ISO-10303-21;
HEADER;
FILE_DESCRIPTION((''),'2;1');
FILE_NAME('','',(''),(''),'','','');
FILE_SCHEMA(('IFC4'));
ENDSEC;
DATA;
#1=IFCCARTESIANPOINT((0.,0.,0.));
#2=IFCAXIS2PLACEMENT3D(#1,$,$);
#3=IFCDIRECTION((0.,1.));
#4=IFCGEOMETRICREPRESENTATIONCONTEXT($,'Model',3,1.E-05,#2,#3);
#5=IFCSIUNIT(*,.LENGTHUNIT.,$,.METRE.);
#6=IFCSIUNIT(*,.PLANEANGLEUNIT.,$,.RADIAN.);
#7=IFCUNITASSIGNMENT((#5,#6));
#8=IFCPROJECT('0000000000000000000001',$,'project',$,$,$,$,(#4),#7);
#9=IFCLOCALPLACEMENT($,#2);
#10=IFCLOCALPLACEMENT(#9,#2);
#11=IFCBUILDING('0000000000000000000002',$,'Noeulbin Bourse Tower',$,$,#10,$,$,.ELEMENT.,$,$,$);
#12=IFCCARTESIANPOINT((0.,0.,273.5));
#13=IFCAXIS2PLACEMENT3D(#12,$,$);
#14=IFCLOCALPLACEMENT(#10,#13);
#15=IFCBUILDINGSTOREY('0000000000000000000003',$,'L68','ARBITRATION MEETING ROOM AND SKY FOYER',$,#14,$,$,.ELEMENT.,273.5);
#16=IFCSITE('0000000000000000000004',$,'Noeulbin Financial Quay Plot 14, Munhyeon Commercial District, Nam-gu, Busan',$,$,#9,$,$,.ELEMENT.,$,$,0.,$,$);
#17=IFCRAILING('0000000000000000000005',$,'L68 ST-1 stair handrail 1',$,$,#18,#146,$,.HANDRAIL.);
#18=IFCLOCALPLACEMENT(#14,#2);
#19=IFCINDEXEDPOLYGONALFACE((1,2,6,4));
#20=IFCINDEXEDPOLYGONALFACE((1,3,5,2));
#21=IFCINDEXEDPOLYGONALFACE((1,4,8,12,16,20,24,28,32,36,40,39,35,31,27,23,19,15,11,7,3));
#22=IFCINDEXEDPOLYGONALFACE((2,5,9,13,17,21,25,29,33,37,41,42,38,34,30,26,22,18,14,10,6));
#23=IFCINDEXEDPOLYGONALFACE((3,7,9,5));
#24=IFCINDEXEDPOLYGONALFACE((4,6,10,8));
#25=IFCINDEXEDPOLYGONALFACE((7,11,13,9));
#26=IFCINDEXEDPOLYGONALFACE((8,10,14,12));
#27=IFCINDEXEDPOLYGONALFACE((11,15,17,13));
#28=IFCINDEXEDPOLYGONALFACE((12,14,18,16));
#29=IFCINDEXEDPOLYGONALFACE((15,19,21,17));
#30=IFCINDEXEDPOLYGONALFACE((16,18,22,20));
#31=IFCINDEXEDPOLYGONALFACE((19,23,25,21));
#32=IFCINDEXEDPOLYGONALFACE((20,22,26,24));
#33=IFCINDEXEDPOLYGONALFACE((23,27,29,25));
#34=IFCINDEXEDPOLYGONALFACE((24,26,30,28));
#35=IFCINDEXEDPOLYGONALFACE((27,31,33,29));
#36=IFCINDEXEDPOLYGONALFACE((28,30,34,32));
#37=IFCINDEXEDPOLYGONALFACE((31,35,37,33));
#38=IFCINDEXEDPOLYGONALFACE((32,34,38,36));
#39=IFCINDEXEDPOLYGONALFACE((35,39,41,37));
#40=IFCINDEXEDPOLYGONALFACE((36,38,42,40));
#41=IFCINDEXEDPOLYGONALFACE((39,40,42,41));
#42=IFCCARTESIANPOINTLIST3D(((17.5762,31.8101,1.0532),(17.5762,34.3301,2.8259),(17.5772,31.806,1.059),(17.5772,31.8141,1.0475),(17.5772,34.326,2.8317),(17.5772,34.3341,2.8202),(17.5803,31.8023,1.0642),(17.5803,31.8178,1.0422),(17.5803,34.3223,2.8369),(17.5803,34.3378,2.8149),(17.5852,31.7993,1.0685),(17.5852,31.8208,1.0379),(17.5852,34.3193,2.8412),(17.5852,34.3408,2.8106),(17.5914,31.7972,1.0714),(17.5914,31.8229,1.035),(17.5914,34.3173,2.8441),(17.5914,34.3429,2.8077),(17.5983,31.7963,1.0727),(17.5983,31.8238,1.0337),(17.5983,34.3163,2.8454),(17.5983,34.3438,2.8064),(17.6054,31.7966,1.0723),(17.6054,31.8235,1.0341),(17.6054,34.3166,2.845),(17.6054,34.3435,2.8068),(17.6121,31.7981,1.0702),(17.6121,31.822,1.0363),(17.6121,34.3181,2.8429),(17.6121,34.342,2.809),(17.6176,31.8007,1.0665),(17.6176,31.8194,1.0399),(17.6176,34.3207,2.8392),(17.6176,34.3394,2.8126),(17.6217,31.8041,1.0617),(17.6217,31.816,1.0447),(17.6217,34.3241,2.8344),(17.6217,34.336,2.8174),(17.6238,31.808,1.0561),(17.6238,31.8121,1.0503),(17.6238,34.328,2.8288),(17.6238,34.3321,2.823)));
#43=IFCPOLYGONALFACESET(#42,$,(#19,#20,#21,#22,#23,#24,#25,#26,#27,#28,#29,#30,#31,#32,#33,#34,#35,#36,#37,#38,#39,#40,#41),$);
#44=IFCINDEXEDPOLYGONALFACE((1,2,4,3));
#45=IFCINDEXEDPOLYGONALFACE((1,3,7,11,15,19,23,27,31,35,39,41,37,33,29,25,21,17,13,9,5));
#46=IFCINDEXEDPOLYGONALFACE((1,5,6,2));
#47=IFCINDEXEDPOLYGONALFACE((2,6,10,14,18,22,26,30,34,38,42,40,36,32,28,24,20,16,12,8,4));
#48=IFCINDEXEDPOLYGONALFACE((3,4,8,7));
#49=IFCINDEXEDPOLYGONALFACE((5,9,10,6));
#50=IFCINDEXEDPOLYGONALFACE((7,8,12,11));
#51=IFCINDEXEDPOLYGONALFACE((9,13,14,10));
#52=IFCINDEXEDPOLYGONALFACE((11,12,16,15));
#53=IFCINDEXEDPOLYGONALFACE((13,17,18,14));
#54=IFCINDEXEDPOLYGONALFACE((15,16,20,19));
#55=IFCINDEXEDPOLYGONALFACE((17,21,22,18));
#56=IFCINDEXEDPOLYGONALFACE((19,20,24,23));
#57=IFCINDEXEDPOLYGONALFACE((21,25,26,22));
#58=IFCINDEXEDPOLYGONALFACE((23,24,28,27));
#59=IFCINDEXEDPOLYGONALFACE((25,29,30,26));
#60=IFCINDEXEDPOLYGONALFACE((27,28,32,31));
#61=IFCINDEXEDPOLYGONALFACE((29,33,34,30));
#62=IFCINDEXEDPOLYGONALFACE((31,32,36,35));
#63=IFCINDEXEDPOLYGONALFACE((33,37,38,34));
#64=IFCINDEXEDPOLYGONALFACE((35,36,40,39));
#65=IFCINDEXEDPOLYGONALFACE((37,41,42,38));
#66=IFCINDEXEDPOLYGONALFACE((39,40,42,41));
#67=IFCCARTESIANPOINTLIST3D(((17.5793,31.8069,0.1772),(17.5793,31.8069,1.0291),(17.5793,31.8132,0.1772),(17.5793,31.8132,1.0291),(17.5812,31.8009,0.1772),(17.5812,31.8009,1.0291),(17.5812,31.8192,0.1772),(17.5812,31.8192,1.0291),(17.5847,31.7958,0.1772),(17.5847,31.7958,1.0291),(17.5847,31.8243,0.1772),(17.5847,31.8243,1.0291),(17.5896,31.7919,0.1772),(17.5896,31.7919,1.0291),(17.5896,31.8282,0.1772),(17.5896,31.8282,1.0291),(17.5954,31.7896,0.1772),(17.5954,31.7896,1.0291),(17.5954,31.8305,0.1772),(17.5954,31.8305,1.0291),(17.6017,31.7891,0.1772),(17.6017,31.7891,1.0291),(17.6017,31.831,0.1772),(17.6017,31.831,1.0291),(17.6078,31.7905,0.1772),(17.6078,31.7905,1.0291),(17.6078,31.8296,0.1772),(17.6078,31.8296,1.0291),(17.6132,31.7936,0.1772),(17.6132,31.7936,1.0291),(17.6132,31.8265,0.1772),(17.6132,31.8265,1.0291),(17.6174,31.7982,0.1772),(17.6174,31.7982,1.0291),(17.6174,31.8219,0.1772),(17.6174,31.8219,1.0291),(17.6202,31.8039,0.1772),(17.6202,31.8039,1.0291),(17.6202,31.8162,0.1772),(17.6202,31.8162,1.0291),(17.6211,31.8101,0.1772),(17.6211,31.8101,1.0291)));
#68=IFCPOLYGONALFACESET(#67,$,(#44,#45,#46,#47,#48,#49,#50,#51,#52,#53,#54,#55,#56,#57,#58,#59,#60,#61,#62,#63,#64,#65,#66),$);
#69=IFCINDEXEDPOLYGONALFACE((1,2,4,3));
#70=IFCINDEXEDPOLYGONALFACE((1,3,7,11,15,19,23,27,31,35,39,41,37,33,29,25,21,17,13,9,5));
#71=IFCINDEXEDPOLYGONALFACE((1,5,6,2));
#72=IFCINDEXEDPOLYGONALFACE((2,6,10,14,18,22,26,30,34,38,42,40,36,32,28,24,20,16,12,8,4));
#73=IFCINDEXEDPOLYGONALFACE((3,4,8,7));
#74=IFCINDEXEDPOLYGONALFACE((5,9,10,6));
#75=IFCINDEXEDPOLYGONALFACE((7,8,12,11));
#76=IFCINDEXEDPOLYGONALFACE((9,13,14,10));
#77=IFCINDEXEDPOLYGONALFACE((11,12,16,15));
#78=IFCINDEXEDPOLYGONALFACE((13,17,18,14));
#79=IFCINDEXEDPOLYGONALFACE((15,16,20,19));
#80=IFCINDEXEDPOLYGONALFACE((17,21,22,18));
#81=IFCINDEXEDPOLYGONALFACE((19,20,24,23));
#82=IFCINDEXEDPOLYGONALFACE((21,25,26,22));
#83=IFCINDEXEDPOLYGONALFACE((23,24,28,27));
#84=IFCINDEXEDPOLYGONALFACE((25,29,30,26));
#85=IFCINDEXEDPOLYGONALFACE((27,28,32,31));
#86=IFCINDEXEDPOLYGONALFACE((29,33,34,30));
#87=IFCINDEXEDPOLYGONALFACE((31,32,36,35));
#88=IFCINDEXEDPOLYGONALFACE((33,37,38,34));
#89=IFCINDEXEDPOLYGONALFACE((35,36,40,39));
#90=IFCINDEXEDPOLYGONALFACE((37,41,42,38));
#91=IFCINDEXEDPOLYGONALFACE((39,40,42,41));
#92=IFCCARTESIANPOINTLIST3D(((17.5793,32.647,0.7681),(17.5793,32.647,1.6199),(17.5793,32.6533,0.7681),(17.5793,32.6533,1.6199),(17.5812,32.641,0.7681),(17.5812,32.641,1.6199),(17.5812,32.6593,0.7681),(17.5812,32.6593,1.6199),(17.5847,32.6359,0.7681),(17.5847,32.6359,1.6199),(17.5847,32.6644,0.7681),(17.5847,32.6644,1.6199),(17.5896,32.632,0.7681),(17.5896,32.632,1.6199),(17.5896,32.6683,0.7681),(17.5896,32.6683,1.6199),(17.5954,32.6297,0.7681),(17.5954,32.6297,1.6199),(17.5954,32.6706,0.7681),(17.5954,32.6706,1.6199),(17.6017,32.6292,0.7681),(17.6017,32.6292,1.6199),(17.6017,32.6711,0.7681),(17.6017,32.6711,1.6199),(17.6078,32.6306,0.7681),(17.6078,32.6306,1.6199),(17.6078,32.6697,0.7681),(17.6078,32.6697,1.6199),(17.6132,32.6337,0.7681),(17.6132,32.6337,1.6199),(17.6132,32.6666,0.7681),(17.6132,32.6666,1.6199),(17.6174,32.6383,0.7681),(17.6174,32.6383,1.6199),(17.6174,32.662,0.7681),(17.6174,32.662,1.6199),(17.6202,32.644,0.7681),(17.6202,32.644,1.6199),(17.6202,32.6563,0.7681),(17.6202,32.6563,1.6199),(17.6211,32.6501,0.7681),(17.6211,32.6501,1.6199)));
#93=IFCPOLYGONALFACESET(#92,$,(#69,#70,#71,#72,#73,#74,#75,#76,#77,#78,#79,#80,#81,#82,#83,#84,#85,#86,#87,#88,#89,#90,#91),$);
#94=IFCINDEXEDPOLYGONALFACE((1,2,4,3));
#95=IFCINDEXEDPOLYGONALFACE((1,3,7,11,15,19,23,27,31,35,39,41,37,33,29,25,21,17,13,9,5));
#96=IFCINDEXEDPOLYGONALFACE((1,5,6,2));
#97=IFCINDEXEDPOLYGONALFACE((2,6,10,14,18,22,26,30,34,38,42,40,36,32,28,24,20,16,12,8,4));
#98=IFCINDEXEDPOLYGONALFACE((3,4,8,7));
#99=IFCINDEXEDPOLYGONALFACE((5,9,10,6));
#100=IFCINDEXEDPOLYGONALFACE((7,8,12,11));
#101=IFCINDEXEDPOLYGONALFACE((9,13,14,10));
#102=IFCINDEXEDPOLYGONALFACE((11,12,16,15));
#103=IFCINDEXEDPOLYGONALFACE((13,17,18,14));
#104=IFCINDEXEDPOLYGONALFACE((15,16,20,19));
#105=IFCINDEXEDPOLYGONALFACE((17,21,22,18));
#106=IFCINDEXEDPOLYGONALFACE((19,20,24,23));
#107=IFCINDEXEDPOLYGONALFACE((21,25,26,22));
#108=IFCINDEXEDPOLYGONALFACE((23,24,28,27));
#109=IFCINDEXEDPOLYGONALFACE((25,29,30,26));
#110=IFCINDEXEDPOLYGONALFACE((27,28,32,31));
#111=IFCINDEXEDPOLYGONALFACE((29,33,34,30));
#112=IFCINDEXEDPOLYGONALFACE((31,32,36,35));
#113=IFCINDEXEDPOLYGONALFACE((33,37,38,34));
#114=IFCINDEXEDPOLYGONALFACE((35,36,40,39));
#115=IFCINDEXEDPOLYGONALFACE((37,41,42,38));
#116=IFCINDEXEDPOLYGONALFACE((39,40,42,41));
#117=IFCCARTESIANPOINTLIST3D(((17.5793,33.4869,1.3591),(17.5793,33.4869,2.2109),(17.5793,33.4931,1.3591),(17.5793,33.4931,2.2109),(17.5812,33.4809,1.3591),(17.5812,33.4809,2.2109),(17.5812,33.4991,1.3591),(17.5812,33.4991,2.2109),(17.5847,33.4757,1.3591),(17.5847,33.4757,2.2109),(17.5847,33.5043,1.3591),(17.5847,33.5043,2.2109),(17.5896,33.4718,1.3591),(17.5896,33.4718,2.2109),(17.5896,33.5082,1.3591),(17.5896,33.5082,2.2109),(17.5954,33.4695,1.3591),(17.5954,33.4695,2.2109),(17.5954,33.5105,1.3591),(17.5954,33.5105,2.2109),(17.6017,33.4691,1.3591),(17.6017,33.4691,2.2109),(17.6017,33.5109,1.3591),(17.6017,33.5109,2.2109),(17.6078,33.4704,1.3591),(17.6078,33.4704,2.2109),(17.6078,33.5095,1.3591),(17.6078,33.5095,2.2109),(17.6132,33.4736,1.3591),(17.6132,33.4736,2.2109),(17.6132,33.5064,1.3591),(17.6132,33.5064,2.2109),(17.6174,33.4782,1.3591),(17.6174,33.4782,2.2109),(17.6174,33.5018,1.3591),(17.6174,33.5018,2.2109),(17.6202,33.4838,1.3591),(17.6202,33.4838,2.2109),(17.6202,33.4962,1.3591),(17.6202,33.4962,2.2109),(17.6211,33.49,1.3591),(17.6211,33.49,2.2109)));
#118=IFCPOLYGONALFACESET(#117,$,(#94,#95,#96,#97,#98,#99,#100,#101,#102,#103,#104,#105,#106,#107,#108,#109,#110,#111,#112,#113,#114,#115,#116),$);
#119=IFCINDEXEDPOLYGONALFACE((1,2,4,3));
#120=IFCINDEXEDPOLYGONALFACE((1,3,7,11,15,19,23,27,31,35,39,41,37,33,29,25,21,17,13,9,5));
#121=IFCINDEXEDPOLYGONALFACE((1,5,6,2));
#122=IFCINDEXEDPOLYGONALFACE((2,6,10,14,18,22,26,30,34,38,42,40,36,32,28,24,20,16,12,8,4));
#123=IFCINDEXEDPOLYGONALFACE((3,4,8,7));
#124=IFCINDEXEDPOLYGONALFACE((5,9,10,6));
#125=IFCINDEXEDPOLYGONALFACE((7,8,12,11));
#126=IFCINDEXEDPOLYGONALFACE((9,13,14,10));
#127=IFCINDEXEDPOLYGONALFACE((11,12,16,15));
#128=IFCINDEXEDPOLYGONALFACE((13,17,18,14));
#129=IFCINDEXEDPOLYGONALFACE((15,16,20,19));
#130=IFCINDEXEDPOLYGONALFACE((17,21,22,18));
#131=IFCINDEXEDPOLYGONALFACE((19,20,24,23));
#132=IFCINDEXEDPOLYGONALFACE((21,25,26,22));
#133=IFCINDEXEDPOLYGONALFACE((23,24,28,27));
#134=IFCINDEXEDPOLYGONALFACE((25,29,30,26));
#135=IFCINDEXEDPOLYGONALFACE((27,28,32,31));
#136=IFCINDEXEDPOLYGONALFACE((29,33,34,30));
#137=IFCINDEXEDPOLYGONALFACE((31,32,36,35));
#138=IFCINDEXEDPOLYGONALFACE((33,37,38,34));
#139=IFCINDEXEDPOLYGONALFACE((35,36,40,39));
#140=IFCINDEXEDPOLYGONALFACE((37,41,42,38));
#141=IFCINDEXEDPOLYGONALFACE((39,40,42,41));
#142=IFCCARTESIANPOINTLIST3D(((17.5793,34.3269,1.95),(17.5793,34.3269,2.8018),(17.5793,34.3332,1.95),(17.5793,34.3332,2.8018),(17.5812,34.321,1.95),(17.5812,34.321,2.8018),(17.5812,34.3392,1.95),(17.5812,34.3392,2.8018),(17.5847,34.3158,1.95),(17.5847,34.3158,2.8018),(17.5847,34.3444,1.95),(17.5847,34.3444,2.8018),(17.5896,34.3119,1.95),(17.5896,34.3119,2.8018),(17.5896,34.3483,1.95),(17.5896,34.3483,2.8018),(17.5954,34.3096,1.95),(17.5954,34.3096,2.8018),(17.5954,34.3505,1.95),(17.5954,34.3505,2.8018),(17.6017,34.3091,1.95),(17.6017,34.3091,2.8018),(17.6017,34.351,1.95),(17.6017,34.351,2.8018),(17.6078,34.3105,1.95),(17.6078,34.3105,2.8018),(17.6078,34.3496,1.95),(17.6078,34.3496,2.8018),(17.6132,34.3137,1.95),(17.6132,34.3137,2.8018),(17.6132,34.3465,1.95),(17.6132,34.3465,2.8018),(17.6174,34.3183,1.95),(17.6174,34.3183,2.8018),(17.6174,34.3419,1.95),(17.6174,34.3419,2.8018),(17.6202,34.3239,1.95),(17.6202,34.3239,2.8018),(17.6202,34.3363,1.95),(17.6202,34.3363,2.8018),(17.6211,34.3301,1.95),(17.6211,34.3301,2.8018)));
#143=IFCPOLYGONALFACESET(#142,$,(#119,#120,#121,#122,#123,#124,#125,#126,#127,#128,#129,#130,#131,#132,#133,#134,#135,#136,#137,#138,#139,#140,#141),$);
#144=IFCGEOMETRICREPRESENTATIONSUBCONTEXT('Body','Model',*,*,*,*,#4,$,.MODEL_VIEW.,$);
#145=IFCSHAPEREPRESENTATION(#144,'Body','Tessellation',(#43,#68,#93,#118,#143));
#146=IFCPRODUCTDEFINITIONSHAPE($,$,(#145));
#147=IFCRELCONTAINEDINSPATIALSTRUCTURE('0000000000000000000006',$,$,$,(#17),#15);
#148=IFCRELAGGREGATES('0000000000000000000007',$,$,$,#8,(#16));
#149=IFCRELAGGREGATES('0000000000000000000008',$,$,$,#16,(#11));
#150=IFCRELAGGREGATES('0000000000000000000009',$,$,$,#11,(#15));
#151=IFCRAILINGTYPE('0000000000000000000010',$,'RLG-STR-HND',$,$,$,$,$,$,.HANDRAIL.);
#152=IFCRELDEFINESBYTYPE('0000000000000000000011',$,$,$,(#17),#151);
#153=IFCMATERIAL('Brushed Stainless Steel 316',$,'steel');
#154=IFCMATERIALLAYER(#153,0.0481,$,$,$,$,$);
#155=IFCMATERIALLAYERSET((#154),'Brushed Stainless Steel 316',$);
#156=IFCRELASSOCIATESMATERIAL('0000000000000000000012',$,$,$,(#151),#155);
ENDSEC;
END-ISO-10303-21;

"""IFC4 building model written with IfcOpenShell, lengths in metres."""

from ifc_helpers import new_model, si_unit, direction, frame, origin, origin_2d, place, context, subcontext, project, spatial, circle, extrude, material, layer, layer_set, type_object, element, save


model = new_model("IFC4")

# Units and contexts
model_context = context("Model", 3, precision=1e-05, world=origin(), true_north=direction((0.0, 1.0)))
body_context = subcontext(model_context, "Body", "Model", "MODEL_VIEW")
ifc_project = project(units=[si_unit("LENGTHUNIT", "METRE"), si_unit("PLANEANGLEUNIT", "RADIAN")], contexts=[model_context])

# Site, building, storey
site_placement = place(None, origin())
site = spatial("IfcSite", under=ifc_project, at=site_placement, Name="Noeulbin Financial Quay Plot 14, Munhyeon Commercial District, Nam-gu, Busan", CompositionType="ELEMENT", RefElevation=0.0)
building_placement = place(site_placement, origin())
building = spatial("IfcBuilding", under=site, at=building_placement, Name="Noeulbin Bourse Tower", CompositionType="ELEMENT")
storey_placement = place(building_placement, frame((0.0, 0.0, 273.5)))
storey = spatial("IfcBuildingStorey", under=building, at=storey_placement, Name="L68", Description="ARBITRATION MEETING ROOM AND SKY FOYER", CompositionType="ELEMENT", Elevation=273.5)

# Shared definitions
ifc_material_1 = material(Name="Brushed Stainless Steel 316", Category="steel")

# Railing
ifc_layer_1 = layer(ifc_material_1, 0.0481)
ifc_layer_set_1 = layer_set([ifc_layer_1], Name="Brushed Stainless Steel 316")
railing_type_1 = type_object("IfcRailingType", Name="RLG-STR-HND", PredefinedType="HANDRAIL", material=ifc_layer_set_1)
railing_1_placement = place(storey_placement, frame((17.6001, 31.8101, 0.1772)))
element("IfcRailing", 1, at=railing_1_placement, inside=storey, type_object=railing_type_1, Name="L68 ST-1 stair handrail 1", PredefinedType="HANDRAIL", context=body_context, shape_type="SweptSolid", body=[
    extrude(circle(Radius=0.0239, at=origin_2d()), frame((0.0, 0.0, 0.876), z_axis=(0.0, 0.817904, 0.575354), x_axis=(-1.0, 0.0, 0.0)), (0.0, 0.0, 1.0), 3.0811),
    extrude(circle(Radius=0.021, at=origin_2d()), origin(), (0.0, 0.0, 1.0), 0.8518),
    extrude(circle(Radius=0.021, at=origin_2d()), frame((0.0, 0.8401, 0.5908)), (0.0, 0.0, 1.0), 0.8518),
    extrude(circle(Radius=0.021, at=origin_2d()), frame((0.0, 1.6799, 1.1819)), (0.0, 0.0, 1.0), 0.8518),
    extrude(circle(Radius=0.021, at=origin_2d()), frame((0.0, 2.52, 1.7727)), (0.0, 0.0, 1.0), 0.8518),
])

save(model, "model.ifc")
